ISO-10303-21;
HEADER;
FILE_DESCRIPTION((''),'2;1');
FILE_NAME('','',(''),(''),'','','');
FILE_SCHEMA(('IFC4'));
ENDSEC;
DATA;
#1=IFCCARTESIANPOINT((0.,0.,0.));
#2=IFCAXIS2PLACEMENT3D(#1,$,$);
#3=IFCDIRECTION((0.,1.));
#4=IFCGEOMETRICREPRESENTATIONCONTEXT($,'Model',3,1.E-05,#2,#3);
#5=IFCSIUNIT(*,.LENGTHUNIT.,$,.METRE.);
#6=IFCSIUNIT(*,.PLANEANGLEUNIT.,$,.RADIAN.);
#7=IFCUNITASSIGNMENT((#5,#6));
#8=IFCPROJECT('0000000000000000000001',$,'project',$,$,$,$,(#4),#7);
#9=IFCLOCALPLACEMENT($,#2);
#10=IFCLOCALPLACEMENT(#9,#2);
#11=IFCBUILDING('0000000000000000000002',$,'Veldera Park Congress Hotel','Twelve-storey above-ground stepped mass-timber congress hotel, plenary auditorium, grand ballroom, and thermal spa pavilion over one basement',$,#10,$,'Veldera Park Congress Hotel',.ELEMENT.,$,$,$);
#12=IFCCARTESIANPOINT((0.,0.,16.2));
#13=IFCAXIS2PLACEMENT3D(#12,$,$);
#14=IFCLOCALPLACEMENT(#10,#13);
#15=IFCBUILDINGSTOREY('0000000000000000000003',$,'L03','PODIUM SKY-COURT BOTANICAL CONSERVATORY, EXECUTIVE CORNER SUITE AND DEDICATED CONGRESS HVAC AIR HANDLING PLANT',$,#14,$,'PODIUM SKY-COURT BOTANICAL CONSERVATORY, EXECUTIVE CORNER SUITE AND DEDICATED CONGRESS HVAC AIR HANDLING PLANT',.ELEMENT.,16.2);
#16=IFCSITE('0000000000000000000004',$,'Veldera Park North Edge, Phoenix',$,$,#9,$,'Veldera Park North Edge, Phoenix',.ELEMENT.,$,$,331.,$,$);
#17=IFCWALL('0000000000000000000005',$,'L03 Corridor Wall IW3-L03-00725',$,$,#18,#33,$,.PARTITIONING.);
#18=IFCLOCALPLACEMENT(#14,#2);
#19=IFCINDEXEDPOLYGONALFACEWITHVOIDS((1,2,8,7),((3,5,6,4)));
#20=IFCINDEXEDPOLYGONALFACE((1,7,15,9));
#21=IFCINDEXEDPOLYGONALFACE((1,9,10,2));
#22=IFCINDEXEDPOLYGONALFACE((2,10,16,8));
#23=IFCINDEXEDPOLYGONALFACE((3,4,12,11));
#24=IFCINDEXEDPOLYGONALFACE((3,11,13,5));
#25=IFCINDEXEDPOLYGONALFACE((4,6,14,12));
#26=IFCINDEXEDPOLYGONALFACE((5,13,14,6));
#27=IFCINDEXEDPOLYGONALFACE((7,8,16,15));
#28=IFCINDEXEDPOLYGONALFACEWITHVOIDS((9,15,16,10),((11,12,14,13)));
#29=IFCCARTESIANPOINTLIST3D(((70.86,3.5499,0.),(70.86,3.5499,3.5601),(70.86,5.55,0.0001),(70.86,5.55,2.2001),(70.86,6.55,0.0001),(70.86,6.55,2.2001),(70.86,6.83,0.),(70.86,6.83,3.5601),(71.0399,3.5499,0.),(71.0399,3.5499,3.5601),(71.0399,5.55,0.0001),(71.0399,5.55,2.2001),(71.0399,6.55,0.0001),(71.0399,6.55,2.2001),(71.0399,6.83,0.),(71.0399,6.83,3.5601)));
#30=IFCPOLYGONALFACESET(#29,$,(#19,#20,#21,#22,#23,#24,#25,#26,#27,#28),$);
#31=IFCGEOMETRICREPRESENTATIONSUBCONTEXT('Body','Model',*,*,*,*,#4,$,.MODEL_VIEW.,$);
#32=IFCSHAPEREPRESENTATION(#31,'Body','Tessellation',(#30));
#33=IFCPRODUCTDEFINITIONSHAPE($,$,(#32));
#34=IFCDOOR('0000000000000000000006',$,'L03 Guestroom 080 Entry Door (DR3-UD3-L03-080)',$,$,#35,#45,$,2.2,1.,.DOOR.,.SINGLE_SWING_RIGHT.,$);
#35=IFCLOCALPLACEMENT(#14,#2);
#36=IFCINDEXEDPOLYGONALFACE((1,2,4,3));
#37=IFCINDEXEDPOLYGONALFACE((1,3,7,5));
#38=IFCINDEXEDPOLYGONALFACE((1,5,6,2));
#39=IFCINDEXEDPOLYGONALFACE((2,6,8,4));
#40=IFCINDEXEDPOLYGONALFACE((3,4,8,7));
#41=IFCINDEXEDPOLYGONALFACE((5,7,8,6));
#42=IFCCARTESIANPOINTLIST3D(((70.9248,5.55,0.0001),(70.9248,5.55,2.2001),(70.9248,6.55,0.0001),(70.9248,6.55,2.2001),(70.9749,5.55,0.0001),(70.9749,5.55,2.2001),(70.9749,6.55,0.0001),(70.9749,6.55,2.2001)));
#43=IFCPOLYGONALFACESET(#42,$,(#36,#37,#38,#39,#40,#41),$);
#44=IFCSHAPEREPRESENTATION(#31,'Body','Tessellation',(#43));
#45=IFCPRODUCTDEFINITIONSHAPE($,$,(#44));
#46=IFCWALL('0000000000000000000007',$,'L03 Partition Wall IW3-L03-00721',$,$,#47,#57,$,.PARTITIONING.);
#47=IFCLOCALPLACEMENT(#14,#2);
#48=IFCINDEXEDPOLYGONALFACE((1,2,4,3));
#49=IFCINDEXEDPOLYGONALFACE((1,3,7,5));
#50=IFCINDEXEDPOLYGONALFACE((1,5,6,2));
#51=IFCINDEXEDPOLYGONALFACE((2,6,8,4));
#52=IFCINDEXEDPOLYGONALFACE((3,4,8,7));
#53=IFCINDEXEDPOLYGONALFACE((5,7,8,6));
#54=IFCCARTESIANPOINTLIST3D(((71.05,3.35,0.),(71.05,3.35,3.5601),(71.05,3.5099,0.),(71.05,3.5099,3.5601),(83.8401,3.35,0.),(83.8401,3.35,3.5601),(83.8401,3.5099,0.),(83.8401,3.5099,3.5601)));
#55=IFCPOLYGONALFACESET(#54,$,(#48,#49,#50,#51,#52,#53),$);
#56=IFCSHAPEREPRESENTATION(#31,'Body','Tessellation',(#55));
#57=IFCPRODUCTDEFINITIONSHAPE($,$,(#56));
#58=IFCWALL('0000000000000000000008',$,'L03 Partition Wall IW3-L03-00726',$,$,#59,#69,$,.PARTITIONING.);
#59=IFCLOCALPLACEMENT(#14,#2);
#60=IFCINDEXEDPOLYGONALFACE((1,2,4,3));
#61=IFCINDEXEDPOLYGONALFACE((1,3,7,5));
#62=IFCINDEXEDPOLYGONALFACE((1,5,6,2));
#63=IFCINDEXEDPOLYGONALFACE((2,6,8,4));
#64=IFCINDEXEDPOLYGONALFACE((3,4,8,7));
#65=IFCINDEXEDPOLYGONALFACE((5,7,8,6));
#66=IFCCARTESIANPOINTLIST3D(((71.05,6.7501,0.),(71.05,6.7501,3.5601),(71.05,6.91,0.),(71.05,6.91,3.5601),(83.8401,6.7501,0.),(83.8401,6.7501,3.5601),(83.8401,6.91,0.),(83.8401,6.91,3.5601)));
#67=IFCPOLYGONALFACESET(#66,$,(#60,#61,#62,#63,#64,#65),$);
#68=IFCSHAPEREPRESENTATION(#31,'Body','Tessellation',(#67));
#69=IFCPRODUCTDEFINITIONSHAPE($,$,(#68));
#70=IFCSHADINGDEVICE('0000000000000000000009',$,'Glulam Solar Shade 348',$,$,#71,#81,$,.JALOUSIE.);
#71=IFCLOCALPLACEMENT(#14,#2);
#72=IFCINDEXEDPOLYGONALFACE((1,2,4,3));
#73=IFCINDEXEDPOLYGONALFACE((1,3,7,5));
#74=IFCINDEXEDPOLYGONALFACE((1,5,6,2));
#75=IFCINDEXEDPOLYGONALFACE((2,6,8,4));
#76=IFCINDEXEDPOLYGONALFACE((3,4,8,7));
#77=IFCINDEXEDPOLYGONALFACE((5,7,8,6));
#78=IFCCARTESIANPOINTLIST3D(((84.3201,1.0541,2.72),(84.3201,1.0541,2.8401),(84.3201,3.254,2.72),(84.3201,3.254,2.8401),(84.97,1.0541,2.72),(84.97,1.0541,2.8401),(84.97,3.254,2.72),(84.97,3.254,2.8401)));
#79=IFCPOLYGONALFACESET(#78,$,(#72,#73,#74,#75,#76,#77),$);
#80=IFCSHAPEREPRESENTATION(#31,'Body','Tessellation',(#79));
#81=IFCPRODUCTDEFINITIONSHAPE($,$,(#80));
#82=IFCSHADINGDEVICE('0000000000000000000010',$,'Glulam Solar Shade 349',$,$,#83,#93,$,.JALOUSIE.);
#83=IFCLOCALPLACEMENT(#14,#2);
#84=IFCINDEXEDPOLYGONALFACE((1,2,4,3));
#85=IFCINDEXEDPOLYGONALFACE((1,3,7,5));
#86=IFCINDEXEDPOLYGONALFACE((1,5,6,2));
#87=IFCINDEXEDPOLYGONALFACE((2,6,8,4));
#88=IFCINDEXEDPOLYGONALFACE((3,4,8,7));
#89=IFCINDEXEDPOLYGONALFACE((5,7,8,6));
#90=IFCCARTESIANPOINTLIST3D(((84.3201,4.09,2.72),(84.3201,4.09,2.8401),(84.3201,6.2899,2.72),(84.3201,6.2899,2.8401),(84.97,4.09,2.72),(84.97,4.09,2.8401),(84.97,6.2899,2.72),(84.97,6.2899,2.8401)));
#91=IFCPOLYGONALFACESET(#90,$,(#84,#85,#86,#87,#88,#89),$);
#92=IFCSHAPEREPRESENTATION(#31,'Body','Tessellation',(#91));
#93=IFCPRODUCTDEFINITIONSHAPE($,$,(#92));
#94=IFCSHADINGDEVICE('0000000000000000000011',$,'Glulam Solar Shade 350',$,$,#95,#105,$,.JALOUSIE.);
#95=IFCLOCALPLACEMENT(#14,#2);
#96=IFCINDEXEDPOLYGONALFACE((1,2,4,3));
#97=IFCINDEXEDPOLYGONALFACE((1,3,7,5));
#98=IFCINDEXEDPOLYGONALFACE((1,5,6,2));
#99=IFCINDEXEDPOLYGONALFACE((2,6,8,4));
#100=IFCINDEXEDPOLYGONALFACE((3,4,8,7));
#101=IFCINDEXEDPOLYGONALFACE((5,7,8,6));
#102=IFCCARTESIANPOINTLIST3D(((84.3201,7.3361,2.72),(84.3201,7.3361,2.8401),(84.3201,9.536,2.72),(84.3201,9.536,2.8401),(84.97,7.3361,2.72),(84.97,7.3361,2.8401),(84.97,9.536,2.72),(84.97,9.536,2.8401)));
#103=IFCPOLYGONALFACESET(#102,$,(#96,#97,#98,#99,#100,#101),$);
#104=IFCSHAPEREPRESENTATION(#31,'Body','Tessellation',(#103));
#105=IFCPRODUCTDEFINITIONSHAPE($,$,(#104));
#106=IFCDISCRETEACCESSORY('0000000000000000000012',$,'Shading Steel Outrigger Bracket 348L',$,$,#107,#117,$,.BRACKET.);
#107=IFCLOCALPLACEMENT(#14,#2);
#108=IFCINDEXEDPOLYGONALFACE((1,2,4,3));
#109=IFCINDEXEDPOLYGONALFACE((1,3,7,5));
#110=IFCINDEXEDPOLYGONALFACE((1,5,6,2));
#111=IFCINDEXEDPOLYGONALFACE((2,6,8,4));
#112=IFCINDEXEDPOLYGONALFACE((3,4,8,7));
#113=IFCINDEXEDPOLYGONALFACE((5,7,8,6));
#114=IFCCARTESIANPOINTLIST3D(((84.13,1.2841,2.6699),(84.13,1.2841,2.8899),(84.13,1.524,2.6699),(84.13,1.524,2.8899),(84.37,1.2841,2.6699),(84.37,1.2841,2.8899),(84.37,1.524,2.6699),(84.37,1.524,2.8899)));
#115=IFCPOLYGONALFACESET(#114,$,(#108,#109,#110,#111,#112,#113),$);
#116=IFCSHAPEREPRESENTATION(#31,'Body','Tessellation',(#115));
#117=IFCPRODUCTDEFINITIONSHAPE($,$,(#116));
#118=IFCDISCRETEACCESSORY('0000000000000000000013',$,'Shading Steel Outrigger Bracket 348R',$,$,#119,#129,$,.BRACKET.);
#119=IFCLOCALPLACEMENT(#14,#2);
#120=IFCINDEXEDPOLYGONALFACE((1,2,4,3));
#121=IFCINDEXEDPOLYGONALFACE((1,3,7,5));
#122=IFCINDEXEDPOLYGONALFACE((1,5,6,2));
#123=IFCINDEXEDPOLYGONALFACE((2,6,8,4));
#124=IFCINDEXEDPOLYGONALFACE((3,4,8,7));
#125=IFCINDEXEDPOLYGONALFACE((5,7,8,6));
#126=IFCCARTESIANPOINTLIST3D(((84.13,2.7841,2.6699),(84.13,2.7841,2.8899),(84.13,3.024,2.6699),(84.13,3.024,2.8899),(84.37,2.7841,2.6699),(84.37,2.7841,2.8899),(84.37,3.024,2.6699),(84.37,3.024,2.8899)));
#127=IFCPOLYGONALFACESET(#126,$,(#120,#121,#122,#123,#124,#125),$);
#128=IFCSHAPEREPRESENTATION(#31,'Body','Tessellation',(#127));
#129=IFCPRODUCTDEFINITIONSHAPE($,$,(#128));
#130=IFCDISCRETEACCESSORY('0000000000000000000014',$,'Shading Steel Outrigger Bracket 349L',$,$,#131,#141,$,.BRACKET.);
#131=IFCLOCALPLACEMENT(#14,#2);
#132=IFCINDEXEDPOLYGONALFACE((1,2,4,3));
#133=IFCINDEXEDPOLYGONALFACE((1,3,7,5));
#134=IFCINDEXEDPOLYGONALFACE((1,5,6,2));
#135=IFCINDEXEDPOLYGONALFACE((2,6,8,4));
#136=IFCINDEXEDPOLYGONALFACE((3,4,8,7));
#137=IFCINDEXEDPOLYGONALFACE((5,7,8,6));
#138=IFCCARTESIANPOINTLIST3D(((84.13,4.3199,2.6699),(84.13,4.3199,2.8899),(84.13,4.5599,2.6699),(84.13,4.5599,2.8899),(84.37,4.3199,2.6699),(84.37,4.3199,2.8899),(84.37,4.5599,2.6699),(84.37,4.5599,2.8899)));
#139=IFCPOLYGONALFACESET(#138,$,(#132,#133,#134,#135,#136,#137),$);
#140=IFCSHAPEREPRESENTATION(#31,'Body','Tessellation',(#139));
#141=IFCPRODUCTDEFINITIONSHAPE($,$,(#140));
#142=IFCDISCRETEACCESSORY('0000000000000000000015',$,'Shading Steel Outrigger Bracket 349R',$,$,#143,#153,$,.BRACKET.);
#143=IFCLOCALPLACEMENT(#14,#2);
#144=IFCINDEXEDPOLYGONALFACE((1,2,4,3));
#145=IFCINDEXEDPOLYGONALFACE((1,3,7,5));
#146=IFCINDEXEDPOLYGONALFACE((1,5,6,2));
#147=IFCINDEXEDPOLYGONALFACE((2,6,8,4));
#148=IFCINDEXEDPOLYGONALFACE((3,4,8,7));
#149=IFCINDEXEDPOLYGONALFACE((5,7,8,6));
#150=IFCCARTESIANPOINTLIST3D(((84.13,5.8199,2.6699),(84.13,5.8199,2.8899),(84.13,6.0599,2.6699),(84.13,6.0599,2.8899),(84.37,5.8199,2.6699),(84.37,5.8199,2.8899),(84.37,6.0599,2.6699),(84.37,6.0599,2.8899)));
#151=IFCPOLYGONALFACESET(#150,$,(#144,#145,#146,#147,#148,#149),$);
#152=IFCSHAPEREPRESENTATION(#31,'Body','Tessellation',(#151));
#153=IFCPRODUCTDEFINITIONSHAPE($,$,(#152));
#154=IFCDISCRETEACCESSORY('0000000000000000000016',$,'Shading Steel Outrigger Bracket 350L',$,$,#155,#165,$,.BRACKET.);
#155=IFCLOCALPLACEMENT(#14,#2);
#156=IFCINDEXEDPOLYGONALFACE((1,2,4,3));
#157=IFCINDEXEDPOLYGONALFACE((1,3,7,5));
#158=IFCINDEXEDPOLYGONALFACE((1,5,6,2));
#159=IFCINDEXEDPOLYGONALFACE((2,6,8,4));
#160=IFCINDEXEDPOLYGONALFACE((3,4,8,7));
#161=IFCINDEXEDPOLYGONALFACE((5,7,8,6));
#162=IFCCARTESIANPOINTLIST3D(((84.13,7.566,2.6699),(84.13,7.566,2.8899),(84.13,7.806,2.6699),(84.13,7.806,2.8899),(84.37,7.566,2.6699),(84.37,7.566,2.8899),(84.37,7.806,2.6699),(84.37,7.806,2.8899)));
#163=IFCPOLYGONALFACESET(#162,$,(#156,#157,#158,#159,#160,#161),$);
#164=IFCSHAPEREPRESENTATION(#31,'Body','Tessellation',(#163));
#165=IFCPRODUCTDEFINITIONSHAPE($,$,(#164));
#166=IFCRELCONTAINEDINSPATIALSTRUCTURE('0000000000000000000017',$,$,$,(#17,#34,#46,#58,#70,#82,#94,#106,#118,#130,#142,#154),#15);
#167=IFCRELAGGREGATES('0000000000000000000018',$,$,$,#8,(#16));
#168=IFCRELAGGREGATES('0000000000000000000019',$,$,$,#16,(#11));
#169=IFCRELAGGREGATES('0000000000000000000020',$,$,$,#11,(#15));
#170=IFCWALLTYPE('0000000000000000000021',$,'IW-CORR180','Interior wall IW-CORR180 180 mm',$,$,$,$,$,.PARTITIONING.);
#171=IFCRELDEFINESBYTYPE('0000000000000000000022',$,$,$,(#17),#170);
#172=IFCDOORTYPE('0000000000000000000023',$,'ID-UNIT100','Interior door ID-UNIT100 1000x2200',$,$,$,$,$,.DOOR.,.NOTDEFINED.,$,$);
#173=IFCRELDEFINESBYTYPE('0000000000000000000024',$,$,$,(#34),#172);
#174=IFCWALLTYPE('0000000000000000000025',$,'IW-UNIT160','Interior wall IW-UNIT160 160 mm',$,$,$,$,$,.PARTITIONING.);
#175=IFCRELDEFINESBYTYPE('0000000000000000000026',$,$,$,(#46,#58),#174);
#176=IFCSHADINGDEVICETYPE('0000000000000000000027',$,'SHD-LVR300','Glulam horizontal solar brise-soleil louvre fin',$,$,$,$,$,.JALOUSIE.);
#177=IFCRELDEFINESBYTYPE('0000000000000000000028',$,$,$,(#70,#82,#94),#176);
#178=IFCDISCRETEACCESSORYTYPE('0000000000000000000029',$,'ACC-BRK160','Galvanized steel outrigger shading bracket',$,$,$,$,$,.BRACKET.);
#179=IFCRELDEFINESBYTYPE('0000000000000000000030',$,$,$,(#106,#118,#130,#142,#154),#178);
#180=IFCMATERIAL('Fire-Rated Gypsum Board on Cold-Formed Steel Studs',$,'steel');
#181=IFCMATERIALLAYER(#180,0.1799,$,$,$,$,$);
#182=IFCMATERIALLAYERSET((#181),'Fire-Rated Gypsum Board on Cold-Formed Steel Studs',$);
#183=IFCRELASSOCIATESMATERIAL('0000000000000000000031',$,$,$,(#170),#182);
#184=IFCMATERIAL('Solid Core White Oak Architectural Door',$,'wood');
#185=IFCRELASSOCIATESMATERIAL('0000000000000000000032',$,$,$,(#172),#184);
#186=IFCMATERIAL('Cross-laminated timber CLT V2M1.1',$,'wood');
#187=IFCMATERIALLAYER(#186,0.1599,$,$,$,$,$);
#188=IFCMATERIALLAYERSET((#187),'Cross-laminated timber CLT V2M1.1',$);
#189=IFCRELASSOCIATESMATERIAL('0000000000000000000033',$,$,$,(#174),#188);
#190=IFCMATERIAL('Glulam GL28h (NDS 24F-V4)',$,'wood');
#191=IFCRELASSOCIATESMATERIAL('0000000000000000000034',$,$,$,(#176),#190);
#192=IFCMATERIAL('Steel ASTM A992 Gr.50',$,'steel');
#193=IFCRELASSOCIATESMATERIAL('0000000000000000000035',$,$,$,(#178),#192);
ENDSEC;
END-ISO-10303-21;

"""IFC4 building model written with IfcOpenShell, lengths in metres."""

from ifc_helpers import new_model, si_unit, direction, frame, frame_2d, origin, origin_2d, place, context, subcontext, project, spatial, rectangle, extrude, material, layer, layer_set, type_object, element, fill, save


model = new_model("IFC4")

# Units and contexts
model_context = context("Model", 3, precision=1e-05, world=origin(), true_north=direction((0.0, 1.0)))
body_context = subcontext(model_context, "Body", "Model", "MODEL_VIEW")
ifc_project = project(units=[si_unit("LENGTHUNIT", "METRE"), si_unit("PLANEANGLEUNIT", "RADIAN")], contexts=[model_context])

# Site, building, storey
site_placement = place(None, origin())
site = spatial("IfcSite", under=ifc_project, at=site_placement, Name="Veldera Park North Edge, Phoenix", LongName="Veldera Park North Edge, Phoenix", CompositionType="ELEMENT", RefElevation=331.0)
building_placement = place(site_placement, origin())
building = spatial("IfcBuilding", under=site, at=building_placement, Name="Veldera Park Congress Hotel", Description="Twelve-storey above-ground stepped mass-timber congress hotel, plenary auditorium, grand ballroom, and thermal spa pavilion over one basement", LongName="Veldera Park Congress Hotel", CompositionType="ELEMENT")
storey_placement = place(building_placement, frame((0.0, 0.0, 16.2)))
storey = spatial("IfcBuildingStorey", under=building, at=storey_placement, Name="L03", Description="PODIUM SKY-COURT BOTANICAL CONSERVATORY, EXECUTIVE CORNER SUITE AND DEDICATED CONGRESS HVAC AIR HANDLING PLANT", LongName="PODIUM SKY-COURT BOTANICAL CONSERVATORY, EXECUTIVE CORNER SUITE AND DEDICATED CONGRESS HVAC AIR HANDLING PLANT", CompositionType="ELEMENT", Elevation=16.2)

# Shared definitions
ifc_material_1 = material(Name="Glulam GL28h (NDS 24F-V4)", Category="wood")

# Shared definitions
ifc_material_2 = material(Name="Cross-laminated timber CLT V2M1.1", Category="wood")

# Shared definitions
ifc_material_3 = material(Name="Fire-Rated Gypsum Board on Cold-Formed Steel Studs", Category="steel")
ifc_material_4 = material(Name="Solid Core White Oak Architectural Door", Category="wood")

# Wall, opening, door
ifc_layer_1 = layer(ifc_material_3, 0.1799)
ifc_layer_set_1 = layer_set([ifc_layer_1], Name="Fire-Rated Gypsum Board on Cold-Formed Steel Studs")
wall_type_1 = type_object("IfcWallType", Name="IW-CORR180", Description="Interior wall IW-CORR180 180 mm", PredefinedType="PARTITIONING", material=ifc_layer_set_1)
wall_1_placement = place(storey_placement, frame((70.95, 6.8301, 0.0), z_axis=(0.0, 0.0, 1.0), x_axis=(0.0, -1.0, 0.0)))
wall_1 = element("IfcWall", 1, at=wall_1_placement, inside=storey, type_object=wall_type_1, Name="L03 Corridor Wall IW3-L03-00725", PredefinedType="PARTITIONING", context=body_context, shape_type="SweptSolid", body=[
    extrude(rectangle(XDim=3.28, YDim=0.1799, at=frame_2d((1.6401, 0.0))), origin(), (0.0, 0.0, 1.0), 3.5601),
])
opening_1_placement = place(wall_1_placement, frame((0.28, 0.0, 0.0)))
opening_1 = element("IfcOpeningElement", 2, at=opening_1_placement, cuts=wall_1, PredefinedType="OPENING", context=body_context, shape_type="SweptSolid", body=[
    extrude(rectangle(XDim=1.0, YDim=2.2, at=frame_2d((0.5, 1.1001))), frame((0.0, 0.1021, 0.0), z_axis=(0.0, -1.0, 0.0), x_axis=(1.0, 0.0, 0.0)), (0.0, 0.0, 1.0), 0.2039),
])
door_type_1 = type_object("IfcDoorType", Name="ID-UNIT100", Description="Interior door ID-UNIT100 1000x2200", OperationType="NOTDEFINED", PredefinedType="DOOR", material=ifc_material_4)
door_1_placement = place(opening_1_placement, origin())
door_1 = element("IfcDoor", 3, at=door_1_placement, inside=storey, type_object=door_type_1, Name="L03 Guestroom 080 Entry Door (DR3-UD3-L03-080)", OperationType="SINGLE_SWING_RIGHT", OverallHeight=2.2, OverallWidth=1.0, PredefinedType="DOOR", context=body_context, shape_type="SweptSolid", body=[
    extrude(rectangle(XDim=1.0, YDim=2.2, at=frame_2d((0.5, 1.1001))), frame((0.0, 0.0249, 0.0), z_axis=(0.0, -1.0, 0.0), x_axis=(1.0, 0.0, 0.0)), (0.0, 0.0, 1.0), 0.05),
])
fill(opening_1, door_1)

# Walls
ifc_layer_2 = layer(ifc_material_2, 0.1599)
ifc_layer_set_2 = layer_set([ifc_layer_2], Name="Cross-laminated timber CLT V2M1.1")
wall_type_2 = type_object("IfcWallType", Name="IW-UNIT160", Description="Interior wall IW-UNIT160 160 mm", PredefinedType="PARTITIONING", material=ifc_layer_set_2)
for number, where, z_axis, x_axis, name in (
    (4, (71.05, 3.4299, 0.0), (0.0, 0.0, 1.0), (1.0, 0.0, 0.0), "L03 Partition Wall IW3-L03-00721"),
    (5, (71.05, 6.8301, 0.0), (0.0, 0.0, 1.0), (1.0, 0.0, 0.0), "L03 Partition Wall IW3-L03-00726"),
):
    element("IfcWall", number, at=place(storey_placement, frame(where, z_axis=z_axis, x_axis=x_axis)), inside=storey, type_object=wall_type_2, Name=name, PredefinedType="PARTITIONING", context=body_context, shape_type="SweptSolid", body=[
        extrude(rectangle(XDim=12.79, YDim=0.1599, at=frame_2d((6.395, 0.0))), origin(), (0.0, 0.0, 1.0), 3.5601),
    ])

# Shading devices
shading_device_type = type_object("IfcShadingDeviceType", Name="SHD-LVR300", Description="Glulam horizontal solar brise-soleil louvre fin", PredefinedType="JALOUSIE", material=ifc_material_1)
for number, where, z_axis, x_axis, name in (
    (6, (84.645, 2.1541, 2.72), (0.0, 0.0, 1.0), (0.0, 1.0, 0.0), "Glulam Solar Shade 348"),
    (7, (84.645, 5.1899, 2.72), (0.0, 0.0, 1.0), (0.0, 1.0, 0.0), "Glulam Solar Shade 349"),
    (8, (84.645, 8.436, 2.72), (0.0, 0.0, 1.0), (0.0, 1.0, 0.0), "Glulam Solar Shade 350"),
):
    element("IfcShadingDevice", number, at=place(storey_placement, frame(where, z_axis=z_axis, x_axis=x_axis)), inside=storey, type_object=shading_device_type, Name=name, PredefinedType="JALOUSIE", context=body_context, shape_type="SweptSolid", body=[
        extrude(rectangle(XDim=2.2, YDim=0.6499, at=origin_2d()), origin(), (0.0, 0.0, 1.0), 0.1201),
    ])

# Discrete accessories
ifc_material_5 = material(Name="Steel ASTM A992 Gr.50", Category="steel")
discrete_accessory_type = type_object("IfcDiscreteAccessoryType", Name="ACC-BRK160", Description="Galvanized steel outrigger shading bracket", PredefinedType="BRACKET", material=ifc_material_5)
for number, where, z_axis, x_axis, name in (
    (9, (84.25, 1.4041, 2.6699), (0.0, 0.0, 1.0), (0.0, 1.0, 0.0), "Shading Steel Outrigger Bracket 348L"),
    (10, (84.25, 2.9041, 2.6699), (0.0, 0.0, 1.0), (0.0, 1.0, 0.0), "Shading Steel Outrigger Bracket 348R"),
    (11, (84.25, 4.4399, 2.6699), (0.0, 0.0, 1.0), (0.0, 1.0, 0.0), "Shading Steel Outrigger Bracket 349L"),
    (12, (84.25, 5.9399, 2.6699), (0.0, 0.0, 1.0), (0.0, 1.0, 0.0), "Shading Steel Outrigger Bracket 349R"),
    (13, (84.25, 7.686, 2.6699), (0.0, 0.0, 1.0), (0.0, 1.0, 0.0), "Shading Steel Outrigger Bracket 350L"),
):
    element("IfcDiscreteAccessory", number, at=place(storey_placement, frame(where, z_axis=z_axis, x_axis=x_axis)), inside=storey, type_object=discrete_accessory_type, Name=name, PredefinedType="BRACKET", context=body_context, shape_type="SweptSolid", body=[
        extrude(rectangle(XDim=0.24, YDim=0.24, at=origin_2d()), origin(), (0.0, 0.0, 1.0), 0.22),
    ])

save(model, "model.ifc")
